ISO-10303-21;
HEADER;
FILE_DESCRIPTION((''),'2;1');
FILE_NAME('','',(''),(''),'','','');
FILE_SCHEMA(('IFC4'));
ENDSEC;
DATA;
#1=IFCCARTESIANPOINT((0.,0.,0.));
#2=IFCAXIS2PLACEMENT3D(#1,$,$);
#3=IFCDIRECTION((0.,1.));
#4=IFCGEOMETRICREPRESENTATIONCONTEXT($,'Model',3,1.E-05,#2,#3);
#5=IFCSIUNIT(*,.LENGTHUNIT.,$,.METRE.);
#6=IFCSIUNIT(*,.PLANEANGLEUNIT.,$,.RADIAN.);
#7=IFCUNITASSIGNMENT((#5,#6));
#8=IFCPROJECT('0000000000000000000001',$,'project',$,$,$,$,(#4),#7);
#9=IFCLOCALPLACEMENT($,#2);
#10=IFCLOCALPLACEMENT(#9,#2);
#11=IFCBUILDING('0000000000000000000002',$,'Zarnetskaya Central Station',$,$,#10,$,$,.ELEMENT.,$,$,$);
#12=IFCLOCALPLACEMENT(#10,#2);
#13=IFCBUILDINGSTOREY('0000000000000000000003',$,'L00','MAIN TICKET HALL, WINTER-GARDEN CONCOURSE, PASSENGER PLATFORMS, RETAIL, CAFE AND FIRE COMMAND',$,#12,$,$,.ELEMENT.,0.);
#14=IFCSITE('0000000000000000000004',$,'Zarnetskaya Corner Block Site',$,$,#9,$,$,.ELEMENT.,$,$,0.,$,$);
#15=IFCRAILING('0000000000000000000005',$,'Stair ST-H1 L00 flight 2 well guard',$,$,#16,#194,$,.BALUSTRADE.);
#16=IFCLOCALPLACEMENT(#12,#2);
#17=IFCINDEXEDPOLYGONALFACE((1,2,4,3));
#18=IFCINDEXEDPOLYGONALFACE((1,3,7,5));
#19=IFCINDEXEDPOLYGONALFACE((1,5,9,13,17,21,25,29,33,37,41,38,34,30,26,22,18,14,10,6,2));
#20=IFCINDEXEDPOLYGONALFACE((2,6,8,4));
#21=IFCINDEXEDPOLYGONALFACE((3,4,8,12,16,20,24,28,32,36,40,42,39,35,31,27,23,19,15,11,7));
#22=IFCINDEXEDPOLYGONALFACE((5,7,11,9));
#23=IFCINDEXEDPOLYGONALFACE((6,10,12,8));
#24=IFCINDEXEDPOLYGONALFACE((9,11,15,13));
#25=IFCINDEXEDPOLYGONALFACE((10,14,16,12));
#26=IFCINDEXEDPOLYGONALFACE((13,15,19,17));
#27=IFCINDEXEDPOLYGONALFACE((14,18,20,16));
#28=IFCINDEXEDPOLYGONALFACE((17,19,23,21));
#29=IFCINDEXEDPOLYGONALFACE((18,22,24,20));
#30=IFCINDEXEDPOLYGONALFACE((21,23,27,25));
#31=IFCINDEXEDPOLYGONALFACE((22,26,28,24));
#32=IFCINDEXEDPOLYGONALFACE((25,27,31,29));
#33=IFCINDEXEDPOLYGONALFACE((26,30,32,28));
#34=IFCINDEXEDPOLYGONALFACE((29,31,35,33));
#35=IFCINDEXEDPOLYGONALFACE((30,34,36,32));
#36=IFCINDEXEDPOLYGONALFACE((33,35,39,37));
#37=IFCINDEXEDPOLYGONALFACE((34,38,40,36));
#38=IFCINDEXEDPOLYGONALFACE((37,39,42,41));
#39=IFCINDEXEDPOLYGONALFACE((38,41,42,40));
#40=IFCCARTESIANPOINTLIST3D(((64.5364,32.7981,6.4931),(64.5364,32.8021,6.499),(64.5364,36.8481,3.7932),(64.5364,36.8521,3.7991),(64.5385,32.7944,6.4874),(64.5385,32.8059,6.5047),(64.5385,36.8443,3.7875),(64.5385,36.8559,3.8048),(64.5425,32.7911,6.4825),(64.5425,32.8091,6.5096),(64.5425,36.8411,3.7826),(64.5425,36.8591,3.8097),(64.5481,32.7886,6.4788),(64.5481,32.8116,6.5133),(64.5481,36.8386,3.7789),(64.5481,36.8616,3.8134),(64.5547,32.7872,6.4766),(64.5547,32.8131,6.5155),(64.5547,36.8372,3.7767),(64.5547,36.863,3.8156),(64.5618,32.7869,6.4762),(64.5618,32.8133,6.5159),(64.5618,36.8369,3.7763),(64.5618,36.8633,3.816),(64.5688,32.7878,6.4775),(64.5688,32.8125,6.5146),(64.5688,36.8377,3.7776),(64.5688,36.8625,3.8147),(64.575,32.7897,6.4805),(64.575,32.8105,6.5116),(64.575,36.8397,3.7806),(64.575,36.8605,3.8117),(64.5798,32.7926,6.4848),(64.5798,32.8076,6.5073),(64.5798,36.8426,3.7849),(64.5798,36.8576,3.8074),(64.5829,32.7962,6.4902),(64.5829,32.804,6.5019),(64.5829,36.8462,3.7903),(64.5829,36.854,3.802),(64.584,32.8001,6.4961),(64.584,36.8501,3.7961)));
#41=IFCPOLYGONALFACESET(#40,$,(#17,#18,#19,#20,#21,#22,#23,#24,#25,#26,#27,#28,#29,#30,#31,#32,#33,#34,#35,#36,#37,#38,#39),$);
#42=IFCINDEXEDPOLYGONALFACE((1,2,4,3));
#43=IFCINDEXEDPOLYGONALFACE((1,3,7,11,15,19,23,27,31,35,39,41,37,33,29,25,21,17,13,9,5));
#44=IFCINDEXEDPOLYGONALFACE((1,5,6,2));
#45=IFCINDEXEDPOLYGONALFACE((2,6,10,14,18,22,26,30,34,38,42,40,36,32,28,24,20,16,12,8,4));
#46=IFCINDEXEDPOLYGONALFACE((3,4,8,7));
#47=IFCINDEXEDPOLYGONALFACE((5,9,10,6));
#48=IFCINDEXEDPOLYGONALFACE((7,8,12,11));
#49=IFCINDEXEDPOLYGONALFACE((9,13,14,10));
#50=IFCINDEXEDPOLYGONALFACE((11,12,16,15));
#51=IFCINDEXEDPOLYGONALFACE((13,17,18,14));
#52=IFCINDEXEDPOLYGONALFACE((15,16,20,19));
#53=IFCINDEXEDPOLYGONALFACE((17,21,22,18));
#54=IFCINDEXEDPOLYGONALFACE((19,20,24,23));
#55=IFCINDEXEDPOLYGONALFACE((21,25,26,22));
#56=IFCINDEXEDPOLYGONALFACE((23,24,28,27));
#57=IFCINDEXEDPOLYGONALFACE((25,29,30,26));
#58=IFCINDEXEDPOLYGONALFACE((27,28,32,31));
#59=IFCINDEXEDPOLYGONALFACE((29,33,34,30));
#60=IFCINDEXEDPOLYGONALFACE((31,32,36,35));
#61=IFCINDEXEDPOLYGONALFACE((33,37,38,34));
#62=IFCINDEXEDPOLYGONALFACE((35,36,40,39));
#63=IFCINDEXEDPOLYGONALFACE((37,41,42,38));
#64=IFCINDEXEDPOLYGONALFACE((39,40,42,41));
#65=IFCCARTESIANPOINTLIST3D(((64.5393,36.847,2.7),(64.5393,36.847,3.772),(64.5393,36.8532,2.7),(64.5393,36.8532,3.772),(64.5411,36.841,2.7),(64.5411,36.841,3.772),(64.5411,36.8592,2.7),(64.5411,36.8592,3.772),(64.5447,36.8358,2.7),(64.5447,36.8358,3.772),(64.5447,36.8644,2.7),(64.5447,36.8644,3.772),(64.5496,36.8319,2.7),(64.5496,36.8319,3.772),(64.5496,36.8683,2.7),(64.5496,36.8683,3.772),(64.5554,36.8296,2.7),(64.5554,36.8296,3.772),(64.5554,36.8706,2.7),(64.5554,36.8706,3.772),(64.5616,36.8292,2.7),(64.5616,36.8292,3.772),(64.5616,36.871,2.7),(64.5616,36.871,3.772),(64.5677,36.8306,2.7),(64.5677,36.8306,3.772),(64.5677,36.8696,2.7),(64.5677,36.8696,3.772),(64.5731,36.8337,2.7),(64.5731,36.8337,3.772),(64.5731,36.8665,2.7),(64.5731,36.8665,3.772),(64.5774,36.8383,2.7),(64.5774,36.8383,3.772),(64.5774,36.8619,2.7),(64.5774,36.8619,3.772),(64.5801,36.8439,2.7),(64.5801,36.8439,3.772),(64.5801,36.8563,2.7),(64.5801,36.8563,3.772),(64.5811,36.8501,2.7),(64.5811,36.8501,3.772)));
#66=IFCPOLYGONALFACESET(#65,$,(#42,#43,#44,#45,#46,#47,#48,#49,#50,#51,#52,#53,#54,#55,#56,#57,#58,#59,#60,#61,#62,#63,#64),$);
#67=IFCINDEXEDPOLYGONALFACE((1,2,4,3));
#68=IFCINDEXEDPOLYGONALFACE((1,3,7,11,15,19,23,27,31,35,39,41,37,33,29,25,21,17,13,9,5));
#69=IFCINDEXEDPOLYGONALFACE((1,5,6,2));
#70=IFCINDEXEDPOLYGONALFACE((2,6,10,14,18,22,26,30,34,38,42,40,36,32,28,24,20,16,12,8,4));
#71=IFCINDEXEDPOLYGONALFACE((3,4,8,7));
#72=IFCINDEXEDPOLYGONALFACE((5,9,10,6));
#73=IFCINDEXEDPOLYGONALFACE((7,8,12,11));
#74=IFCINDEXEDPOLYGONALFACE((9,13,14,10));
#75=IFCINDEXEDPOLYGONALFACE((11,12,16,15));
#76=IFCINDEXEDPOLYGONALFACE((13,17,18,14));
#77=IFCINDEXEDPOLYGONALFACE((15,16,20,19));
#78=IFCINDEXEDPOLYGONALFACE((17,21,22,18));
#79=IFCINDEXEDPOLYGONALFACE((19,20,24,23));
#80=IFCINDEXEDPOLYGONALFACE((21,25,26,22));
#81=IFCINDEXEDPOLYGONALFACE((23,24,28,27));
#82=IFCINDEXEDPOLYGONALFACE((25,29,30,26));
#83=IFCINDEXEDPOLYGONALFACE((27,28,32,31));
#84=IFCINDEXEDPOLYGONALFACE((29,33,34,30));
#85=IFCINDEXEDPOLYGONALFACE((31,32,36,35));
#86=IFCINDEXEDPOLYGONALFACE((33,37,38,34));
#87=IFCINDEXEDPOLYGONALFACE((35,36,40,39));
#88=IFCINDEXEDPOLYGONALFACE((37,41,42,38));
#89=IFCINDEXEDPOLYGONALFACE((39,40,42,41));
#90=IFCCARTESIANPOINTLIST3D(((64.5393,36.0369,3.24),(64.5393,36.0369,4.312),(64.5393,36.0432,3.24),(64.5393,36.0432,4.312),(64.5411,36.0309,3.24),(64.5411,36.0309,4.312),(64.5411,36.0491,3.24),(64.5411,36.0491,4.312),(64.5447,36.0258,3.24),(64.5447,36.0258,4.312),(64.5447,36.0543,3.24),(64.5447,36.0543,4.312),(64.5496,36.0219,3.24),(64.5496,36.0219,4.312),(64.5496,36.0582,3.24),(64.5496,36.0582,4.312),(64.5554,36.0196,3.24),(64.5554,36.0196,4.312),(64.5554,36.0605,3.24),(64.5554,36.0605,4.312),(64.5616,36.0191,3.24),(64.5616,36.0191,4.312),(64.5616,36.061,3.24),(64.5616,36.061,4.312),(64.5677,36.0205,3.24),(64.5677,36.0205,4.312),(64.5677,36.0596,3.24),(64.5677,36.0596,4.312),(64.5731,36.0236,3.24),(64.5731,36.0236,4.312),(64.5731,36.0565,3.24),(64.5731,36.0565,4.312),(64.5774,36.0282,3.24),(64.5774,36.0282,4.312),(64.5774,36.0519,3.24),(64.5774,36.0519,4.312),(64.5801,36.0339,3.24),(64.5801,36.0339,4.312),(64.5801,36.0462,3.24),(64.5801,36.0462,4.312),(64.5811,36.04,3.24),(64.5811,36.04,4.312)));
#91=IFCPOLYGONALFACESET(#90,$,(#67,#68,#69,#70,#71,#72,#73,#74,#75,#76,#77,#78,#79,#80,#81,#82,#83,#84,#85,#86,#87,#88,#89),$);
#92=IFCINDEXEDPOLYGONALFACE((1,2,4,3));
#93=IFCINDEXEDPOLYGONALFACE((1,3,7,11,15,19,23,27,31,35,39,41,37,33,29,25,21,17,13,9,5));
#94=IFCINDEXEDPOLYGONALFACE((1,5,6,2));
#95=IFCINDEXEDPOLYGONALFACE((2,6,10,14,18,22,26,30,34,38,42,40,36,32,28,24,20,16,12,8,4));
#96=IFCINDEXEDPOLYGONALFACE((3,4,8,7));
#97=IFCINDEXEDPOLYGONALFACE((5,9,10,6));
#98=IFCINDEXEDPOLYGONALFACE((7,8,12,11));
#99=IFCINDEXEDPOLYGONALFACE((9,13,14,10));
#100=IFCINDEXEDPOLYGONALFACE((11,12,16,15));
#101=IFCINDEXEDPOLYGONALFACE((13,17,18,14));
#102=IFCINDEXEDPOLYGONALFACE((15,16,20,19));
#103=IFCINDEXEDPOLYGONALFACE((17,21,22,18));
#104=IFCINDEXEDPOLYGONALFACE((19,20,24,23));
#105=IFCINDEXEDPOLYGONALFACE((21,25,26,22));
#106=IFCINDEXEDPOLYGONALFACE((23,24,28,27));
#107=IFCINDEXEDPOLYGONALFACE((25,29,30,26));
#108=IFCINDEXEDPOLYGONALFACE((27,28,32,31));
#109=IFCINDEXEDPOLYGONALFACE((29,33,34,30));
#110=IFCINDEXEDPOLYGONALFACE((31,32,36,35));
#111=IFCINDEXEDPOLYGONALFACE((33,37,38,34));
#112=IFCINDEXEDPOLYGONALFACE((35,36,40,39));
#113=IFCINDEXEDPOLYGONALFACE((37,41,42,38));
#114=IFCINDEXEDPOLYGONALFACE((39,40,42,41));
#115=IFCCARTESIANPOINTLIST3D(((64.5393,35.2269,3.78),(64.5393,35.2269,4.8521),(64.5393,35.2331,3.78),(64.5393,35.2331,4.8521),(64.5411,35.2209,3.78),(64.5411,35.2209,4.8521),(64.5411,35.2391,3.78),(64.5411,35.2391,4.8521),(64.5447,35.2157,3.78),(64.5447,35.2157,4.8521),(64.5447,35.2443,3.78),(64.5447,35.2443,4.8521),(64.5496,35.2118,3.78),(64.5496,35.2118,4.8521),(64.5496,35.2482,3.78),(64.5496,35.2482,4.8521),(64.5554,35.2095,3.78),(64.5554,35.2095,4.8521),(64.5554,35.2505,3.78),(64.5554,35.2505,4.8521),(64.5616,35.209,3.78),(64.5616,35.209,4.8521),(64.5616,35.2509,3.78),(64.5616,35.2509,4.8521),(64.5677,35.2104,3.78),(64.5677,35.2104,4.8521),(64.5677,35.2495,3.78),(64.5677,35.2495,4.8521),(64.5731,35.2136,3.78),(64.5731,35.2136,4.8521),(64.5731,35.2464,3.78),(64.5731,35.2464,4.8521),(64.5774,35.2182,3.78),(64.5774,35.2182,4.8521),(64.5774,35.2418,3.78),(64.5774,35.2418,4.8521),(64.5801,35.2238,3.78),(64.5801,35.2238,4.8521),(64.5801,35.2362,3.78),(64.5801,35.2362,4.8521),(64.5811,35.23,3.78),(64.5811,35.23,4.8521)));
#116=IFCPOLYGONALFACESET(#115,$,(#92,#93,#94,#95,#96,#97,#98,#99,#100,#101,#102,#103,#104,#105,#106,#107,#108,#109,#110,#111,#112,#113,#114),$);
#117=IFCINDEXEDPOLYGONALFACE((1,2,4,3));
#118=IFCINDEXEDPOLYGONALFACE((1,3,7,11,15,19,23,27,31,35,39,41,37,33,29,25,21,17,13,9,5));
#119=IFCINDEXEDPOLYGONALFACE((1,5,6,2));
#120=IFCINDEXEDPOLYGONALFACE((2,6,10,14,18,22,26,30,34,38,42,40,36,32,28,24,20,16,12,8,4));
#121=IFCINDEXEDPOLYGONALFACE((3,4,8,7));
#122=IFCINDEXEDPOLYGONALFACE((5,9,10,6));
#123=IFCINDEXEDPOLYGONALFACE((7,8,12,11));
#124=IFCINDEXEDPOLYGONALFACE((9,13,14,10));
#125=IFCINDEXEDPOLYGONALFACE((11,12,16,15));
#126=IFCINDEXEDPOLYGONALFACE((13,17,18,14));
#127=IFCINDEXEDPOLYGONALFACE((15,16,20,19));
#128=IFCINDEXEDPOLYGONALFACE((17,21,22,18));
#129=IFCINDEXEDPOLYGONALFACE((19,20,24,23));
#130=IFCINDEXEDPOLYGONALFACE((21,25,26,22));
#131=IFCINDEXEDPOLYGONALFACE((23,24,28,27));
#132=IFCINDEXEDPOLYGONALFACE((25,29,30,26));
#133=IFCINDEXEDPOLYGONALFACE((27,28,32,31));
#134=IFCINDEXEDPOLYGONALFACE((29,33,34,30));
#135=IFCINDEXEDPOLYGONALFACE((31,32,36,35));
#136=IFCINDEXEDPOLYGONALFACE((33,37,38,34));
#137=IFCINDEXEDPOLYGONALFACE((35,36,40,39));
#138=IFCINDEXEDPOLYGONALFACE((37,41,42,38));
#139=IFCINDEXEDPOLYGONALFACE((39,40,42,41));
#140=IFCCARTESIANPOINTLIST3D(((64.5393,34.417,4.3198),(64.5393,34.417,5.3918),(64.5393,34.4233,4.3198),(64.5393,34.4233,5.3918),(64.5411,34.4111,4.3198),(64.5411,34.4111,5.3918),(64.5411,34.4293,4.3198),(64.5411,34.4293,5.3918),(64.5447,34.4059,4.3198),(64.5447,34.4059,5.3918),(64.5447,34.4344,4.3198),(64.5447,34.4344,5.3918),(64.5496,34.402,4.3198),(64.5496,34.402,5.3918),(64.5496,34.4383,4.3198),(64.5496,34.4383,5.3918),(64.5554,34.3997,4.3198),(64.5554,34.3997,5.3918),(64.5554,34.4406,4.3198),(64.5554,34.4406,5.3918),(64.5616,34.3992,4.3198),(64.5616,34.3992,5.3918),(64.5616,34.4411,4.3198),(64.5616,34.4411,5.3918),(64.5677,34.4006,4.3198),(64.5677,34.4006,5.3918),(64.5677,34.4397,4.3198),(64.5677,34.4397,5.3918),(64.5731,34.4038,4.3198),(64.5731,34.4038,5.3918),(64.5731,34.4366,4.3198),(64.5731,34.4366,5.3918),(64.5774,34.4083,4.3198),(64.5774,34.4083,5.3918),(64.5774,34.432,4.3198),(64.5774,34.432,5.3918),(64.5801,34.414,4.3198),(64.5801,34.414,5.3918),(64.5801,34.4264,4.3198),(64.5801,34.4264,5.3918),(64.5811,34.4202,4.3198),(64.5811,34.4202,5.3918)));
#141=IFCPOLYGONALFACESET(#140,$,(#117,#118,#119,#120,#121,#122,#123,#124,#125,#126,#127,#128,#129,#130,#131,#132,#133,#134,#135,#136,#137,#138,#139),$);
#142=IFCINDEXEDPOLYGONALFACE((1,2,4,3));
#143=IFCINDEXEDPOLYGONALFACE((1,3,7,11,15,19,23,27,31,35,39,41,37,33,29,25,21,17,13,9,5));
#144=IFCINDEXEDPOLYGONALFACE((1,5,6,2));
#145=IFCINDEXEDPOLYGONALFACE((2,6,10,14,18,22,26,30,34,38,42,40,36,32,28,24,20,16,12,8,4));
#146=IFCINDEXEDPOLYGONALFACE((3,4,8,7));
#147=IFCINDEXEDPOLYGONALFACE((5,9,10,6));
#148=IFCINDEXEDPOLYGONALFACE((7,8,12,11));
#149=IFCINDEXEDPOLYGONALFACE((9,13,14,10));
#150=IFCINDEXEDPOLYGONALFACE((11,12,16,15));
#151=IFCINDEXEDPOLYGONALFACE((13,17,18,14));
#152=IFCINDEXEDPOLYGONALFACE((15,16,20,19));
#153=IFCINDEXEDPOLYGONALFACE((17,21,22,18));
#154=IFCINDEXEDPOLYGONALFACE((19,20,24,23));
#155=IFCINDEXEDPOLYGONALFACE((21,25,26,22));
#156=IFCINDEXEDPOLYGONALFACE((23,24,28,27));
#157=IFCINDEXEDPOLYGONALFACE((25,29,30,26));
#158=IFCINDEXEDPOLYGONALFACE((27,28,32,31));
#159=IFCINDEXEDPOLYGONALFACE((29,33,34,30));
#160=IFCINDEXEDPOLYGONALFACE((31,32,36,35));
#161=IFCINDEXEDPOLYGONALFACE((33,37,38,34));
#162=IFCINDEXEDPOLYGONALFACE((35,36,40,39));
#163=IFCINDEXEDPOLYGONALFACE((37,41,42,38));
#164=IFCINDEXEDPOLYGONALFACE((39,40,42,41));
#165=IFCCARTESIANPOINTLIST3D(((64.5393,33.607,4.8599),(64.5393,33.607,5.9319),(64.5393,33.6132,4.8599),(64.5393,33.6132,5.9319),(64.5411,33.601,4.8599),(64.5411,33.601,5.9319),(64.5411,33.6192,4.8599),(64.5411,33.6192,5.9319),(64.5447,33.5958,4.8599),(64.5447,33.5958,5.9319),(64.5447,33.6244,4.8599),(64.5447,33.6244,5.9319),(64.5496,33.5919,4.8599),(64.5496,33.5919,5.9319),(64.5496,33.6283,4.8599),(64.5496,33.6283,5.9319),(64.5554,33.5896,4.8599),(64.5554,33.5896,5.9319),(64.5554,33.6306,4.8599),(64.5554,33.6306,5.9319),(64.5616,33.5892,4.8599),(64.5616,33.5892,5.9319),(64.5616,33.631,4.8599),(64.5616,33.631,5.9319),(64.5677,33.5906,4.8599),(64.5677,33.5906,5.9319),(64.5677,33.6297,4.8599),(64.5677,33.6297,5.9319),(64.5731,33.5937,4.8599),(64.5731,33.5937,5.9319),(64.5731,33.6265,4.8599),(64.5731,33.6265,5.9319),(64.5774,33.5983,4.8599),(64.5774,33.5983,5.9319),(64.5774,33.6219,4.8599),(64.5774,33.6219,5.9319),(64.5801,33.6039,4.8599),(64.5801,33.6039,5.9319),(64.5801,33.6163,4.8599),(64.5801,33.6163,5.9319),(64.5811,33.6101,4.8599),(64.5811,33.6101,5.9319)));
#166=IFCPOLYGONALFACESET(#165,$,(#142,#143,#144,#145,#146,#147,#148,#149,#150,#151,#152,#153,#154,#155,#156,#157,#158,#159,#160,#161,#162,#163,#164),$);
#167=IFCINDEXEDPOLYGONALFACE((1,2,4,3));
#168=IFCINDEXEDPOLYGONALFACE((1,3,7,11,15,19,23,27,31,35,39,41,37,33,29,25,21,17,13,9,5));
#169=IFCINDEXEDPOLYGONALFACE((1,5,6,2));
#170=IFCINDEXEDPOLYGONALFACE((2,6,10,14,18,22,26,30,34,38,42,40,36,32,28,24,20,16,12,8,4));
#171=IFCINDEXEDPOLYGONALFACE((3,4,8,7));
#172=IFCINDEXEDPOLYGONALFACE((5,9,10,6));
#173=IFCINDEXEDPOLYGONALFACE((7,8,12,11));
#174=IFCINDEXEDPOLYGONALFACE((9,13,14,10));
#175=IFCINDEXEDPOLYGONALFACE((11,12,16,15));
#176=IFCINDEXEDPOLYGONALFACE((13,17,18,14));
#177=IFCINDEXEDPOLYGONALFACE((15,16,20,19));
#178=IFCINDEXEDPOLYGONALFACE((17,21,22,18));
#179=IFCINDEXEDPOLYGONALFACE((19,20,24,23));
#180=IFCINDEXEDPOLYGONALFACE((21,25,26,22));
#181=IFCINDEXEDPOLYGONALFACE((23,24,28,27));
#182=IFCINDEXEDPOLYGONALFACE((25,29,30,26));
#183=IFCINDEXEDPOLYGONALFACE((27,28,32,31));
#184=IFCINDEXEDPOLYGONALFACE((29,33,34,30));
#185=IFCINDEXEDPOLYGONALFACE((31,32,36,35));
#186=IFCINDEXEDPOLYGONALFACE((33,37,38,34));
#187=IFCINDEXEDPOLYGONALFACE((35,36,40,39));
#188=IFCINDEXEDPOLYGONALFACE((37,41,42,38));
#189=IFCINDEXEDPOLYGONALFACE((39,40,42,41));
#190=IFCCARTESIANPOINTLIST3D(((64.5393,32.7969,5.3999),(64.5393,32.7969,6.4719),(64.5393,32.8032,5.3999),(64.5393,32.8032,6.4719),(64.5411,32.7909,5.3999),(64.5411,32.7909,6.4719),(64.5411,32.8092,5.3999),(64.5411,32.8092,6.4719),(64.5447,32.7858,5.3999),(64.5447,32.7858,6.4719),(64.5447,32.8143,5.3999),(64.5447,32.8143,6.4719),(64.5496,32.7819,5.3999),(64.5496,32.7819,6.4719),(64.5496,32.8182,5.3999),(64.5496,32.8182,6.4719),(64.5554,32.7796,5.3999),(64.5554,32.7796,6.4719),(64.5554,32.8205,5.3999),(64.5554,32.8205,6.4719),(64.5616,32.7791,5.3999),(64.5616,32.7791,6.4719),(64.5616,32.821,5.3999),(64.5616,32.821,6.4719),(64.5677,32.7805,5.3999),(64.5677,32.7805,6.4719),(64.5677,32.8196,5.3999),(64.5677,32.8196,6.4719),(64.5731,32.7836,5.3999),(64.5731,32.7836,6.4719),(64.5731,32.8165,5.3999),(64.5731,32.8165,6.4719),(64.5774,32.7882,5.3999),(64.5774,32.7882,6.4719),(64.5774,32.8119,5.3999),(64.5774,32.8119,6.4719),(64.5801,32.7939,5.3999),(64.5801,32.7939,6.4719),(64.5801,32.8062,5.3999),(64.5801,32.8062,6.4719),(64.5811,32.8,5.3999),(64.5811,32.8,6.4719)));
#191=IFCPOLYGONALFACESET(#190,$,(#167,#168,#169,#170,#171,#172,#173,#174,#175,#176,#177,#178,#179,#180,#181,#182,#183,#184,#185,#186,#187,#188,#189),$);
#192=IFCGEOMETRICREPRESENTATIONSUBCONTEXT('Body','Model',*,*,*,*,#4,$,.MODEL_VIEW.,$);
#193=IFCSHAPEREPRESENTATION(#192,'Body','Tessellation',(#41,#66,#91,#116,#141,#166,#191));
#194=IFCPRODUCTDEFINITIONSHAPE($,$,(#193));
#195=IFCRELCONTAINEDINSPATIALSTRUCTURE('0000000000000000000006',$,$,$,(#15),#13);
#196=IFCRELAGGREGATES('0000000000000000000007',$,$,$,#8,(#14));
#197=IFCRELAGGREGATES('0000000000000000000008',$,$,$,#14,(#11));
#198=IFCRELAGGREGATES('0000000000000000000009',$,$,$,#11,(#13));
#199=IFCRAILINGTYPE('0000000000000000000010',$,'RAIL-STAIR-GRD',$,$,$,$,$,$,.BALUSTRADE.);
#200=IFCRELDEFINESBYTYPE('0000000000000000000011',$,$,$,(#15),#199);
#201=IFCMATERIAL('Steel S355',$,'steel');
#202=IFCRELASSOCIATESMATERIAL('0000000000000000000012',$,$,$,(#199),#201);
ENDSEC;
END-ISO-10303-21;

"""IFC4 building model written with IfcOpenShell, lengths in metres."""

from ifc_helpers import new_model, si_unit, direction, frame, origin, origin_2d, place, context, subcontext, project, spatial, circle, extrude, material, type_object, element, save


model = new_model("IFC4")

# Units and contexts
model_context = context("Model", 3, precision=1e-05, world=origin(), true_north=direction((0.0, 1.0)))
body_context = subcontext(model_context, "Body", "Model", "MODEL_VIEW")
ifc_project = project(units=[si_unit("LENGTHUNIT", "METRE"), si_unit("PLANEANGLEUNIT", "RADIAN")], contexts=[model_context])

# Site, building, storey
site_placement = place(None, origin())
site = spatial("IfcSite", under=ifc_project, at=site_placement, Name="Zarnetskaya Corner Block Site", CompositionType="ELEMENT", RefElevation=0.0)
building_placement = place(site_placement, origin())
building = spatial("IfcBuilding", under=site, at=building_placement, Name="Zarnetskaya Central Station", CompositionType="ELEMENT")
storey_placement = place(building_placement, origin())
storey = spatial("IfcBuildingStorey", under=building, at=storey_placement, Name="L00", Description="MAIN TICKET HALL, WINTER-GARDEN CONCOURSE, PASSENGER PLATFORMS, RETAIL, CAFE AND FIRE COMMAND", CompositionType="ELEMENT", Elevation=0.0)

# Shared definitions
ifc_material_1 = material(Name="Steel S355", Category="steel")

# Railing
railing_type_1 = type_object("IfcRailingType", Name="RAIL-STAIR-GRD", PredefinedType="BALUSTRADE", material=ifc_material_1)
railing_1_placement = place(storey_placement, frame((64.5601, 36.8501, 2.7)))
element("IfcRailing", 1, at=railing_1_placement, inside=storey, type_object=railing_type_1, Name="Stair ST-H1 L00 flight 2 well guard", PredefinedType="BALUSTRADE", context=body_context, shape_type="SweptSolid", body=[
    extrude(circle(Radius=0.0239, at=origin_2d()), frame((0.0, 0.0, 1.0962), z_axis=(0.0, -0.832058, 0.554689), x_axis=(1.0, 0.0, 0.0)), (0.0, 0.0, 1.0), 4.8674),
    extrude(circle(Radius=0.021, at=origin_2d()), origin(), (0.0, 0.0, 1.0), 1.072),
    extrude(circle(Radius=0.021, at=origin_2d()), frame((0.0, -0.8101, 0.54)), (0.0, 0.0, 1.0), 1.072),
    extrude(circle(Radius=0.021, at=origin_2d()), frame((0.0, -1.6201, 1.0801)), (0.0, 0.0, 1.0), 1.072),
    extrude(circle(Radius=0.021, at=origin_2d()), frame((0.0, -2.4299, 1.6199)), (0.0, 0.0, 1.0), 1.072),
    extrude(circle(Radius=0.021, at=origin_2d()), frame((0.0, -3.24, 2.1599)), (0.0, 0.0, 1.0), 1.072),
    extrude(circle(Radius=0.021, at=origin_2d()), frame((0.0, -4.05, 2.7)), (0.0, 0.0, 1.0), 1.072),
])

save(model, "model.ifc")
